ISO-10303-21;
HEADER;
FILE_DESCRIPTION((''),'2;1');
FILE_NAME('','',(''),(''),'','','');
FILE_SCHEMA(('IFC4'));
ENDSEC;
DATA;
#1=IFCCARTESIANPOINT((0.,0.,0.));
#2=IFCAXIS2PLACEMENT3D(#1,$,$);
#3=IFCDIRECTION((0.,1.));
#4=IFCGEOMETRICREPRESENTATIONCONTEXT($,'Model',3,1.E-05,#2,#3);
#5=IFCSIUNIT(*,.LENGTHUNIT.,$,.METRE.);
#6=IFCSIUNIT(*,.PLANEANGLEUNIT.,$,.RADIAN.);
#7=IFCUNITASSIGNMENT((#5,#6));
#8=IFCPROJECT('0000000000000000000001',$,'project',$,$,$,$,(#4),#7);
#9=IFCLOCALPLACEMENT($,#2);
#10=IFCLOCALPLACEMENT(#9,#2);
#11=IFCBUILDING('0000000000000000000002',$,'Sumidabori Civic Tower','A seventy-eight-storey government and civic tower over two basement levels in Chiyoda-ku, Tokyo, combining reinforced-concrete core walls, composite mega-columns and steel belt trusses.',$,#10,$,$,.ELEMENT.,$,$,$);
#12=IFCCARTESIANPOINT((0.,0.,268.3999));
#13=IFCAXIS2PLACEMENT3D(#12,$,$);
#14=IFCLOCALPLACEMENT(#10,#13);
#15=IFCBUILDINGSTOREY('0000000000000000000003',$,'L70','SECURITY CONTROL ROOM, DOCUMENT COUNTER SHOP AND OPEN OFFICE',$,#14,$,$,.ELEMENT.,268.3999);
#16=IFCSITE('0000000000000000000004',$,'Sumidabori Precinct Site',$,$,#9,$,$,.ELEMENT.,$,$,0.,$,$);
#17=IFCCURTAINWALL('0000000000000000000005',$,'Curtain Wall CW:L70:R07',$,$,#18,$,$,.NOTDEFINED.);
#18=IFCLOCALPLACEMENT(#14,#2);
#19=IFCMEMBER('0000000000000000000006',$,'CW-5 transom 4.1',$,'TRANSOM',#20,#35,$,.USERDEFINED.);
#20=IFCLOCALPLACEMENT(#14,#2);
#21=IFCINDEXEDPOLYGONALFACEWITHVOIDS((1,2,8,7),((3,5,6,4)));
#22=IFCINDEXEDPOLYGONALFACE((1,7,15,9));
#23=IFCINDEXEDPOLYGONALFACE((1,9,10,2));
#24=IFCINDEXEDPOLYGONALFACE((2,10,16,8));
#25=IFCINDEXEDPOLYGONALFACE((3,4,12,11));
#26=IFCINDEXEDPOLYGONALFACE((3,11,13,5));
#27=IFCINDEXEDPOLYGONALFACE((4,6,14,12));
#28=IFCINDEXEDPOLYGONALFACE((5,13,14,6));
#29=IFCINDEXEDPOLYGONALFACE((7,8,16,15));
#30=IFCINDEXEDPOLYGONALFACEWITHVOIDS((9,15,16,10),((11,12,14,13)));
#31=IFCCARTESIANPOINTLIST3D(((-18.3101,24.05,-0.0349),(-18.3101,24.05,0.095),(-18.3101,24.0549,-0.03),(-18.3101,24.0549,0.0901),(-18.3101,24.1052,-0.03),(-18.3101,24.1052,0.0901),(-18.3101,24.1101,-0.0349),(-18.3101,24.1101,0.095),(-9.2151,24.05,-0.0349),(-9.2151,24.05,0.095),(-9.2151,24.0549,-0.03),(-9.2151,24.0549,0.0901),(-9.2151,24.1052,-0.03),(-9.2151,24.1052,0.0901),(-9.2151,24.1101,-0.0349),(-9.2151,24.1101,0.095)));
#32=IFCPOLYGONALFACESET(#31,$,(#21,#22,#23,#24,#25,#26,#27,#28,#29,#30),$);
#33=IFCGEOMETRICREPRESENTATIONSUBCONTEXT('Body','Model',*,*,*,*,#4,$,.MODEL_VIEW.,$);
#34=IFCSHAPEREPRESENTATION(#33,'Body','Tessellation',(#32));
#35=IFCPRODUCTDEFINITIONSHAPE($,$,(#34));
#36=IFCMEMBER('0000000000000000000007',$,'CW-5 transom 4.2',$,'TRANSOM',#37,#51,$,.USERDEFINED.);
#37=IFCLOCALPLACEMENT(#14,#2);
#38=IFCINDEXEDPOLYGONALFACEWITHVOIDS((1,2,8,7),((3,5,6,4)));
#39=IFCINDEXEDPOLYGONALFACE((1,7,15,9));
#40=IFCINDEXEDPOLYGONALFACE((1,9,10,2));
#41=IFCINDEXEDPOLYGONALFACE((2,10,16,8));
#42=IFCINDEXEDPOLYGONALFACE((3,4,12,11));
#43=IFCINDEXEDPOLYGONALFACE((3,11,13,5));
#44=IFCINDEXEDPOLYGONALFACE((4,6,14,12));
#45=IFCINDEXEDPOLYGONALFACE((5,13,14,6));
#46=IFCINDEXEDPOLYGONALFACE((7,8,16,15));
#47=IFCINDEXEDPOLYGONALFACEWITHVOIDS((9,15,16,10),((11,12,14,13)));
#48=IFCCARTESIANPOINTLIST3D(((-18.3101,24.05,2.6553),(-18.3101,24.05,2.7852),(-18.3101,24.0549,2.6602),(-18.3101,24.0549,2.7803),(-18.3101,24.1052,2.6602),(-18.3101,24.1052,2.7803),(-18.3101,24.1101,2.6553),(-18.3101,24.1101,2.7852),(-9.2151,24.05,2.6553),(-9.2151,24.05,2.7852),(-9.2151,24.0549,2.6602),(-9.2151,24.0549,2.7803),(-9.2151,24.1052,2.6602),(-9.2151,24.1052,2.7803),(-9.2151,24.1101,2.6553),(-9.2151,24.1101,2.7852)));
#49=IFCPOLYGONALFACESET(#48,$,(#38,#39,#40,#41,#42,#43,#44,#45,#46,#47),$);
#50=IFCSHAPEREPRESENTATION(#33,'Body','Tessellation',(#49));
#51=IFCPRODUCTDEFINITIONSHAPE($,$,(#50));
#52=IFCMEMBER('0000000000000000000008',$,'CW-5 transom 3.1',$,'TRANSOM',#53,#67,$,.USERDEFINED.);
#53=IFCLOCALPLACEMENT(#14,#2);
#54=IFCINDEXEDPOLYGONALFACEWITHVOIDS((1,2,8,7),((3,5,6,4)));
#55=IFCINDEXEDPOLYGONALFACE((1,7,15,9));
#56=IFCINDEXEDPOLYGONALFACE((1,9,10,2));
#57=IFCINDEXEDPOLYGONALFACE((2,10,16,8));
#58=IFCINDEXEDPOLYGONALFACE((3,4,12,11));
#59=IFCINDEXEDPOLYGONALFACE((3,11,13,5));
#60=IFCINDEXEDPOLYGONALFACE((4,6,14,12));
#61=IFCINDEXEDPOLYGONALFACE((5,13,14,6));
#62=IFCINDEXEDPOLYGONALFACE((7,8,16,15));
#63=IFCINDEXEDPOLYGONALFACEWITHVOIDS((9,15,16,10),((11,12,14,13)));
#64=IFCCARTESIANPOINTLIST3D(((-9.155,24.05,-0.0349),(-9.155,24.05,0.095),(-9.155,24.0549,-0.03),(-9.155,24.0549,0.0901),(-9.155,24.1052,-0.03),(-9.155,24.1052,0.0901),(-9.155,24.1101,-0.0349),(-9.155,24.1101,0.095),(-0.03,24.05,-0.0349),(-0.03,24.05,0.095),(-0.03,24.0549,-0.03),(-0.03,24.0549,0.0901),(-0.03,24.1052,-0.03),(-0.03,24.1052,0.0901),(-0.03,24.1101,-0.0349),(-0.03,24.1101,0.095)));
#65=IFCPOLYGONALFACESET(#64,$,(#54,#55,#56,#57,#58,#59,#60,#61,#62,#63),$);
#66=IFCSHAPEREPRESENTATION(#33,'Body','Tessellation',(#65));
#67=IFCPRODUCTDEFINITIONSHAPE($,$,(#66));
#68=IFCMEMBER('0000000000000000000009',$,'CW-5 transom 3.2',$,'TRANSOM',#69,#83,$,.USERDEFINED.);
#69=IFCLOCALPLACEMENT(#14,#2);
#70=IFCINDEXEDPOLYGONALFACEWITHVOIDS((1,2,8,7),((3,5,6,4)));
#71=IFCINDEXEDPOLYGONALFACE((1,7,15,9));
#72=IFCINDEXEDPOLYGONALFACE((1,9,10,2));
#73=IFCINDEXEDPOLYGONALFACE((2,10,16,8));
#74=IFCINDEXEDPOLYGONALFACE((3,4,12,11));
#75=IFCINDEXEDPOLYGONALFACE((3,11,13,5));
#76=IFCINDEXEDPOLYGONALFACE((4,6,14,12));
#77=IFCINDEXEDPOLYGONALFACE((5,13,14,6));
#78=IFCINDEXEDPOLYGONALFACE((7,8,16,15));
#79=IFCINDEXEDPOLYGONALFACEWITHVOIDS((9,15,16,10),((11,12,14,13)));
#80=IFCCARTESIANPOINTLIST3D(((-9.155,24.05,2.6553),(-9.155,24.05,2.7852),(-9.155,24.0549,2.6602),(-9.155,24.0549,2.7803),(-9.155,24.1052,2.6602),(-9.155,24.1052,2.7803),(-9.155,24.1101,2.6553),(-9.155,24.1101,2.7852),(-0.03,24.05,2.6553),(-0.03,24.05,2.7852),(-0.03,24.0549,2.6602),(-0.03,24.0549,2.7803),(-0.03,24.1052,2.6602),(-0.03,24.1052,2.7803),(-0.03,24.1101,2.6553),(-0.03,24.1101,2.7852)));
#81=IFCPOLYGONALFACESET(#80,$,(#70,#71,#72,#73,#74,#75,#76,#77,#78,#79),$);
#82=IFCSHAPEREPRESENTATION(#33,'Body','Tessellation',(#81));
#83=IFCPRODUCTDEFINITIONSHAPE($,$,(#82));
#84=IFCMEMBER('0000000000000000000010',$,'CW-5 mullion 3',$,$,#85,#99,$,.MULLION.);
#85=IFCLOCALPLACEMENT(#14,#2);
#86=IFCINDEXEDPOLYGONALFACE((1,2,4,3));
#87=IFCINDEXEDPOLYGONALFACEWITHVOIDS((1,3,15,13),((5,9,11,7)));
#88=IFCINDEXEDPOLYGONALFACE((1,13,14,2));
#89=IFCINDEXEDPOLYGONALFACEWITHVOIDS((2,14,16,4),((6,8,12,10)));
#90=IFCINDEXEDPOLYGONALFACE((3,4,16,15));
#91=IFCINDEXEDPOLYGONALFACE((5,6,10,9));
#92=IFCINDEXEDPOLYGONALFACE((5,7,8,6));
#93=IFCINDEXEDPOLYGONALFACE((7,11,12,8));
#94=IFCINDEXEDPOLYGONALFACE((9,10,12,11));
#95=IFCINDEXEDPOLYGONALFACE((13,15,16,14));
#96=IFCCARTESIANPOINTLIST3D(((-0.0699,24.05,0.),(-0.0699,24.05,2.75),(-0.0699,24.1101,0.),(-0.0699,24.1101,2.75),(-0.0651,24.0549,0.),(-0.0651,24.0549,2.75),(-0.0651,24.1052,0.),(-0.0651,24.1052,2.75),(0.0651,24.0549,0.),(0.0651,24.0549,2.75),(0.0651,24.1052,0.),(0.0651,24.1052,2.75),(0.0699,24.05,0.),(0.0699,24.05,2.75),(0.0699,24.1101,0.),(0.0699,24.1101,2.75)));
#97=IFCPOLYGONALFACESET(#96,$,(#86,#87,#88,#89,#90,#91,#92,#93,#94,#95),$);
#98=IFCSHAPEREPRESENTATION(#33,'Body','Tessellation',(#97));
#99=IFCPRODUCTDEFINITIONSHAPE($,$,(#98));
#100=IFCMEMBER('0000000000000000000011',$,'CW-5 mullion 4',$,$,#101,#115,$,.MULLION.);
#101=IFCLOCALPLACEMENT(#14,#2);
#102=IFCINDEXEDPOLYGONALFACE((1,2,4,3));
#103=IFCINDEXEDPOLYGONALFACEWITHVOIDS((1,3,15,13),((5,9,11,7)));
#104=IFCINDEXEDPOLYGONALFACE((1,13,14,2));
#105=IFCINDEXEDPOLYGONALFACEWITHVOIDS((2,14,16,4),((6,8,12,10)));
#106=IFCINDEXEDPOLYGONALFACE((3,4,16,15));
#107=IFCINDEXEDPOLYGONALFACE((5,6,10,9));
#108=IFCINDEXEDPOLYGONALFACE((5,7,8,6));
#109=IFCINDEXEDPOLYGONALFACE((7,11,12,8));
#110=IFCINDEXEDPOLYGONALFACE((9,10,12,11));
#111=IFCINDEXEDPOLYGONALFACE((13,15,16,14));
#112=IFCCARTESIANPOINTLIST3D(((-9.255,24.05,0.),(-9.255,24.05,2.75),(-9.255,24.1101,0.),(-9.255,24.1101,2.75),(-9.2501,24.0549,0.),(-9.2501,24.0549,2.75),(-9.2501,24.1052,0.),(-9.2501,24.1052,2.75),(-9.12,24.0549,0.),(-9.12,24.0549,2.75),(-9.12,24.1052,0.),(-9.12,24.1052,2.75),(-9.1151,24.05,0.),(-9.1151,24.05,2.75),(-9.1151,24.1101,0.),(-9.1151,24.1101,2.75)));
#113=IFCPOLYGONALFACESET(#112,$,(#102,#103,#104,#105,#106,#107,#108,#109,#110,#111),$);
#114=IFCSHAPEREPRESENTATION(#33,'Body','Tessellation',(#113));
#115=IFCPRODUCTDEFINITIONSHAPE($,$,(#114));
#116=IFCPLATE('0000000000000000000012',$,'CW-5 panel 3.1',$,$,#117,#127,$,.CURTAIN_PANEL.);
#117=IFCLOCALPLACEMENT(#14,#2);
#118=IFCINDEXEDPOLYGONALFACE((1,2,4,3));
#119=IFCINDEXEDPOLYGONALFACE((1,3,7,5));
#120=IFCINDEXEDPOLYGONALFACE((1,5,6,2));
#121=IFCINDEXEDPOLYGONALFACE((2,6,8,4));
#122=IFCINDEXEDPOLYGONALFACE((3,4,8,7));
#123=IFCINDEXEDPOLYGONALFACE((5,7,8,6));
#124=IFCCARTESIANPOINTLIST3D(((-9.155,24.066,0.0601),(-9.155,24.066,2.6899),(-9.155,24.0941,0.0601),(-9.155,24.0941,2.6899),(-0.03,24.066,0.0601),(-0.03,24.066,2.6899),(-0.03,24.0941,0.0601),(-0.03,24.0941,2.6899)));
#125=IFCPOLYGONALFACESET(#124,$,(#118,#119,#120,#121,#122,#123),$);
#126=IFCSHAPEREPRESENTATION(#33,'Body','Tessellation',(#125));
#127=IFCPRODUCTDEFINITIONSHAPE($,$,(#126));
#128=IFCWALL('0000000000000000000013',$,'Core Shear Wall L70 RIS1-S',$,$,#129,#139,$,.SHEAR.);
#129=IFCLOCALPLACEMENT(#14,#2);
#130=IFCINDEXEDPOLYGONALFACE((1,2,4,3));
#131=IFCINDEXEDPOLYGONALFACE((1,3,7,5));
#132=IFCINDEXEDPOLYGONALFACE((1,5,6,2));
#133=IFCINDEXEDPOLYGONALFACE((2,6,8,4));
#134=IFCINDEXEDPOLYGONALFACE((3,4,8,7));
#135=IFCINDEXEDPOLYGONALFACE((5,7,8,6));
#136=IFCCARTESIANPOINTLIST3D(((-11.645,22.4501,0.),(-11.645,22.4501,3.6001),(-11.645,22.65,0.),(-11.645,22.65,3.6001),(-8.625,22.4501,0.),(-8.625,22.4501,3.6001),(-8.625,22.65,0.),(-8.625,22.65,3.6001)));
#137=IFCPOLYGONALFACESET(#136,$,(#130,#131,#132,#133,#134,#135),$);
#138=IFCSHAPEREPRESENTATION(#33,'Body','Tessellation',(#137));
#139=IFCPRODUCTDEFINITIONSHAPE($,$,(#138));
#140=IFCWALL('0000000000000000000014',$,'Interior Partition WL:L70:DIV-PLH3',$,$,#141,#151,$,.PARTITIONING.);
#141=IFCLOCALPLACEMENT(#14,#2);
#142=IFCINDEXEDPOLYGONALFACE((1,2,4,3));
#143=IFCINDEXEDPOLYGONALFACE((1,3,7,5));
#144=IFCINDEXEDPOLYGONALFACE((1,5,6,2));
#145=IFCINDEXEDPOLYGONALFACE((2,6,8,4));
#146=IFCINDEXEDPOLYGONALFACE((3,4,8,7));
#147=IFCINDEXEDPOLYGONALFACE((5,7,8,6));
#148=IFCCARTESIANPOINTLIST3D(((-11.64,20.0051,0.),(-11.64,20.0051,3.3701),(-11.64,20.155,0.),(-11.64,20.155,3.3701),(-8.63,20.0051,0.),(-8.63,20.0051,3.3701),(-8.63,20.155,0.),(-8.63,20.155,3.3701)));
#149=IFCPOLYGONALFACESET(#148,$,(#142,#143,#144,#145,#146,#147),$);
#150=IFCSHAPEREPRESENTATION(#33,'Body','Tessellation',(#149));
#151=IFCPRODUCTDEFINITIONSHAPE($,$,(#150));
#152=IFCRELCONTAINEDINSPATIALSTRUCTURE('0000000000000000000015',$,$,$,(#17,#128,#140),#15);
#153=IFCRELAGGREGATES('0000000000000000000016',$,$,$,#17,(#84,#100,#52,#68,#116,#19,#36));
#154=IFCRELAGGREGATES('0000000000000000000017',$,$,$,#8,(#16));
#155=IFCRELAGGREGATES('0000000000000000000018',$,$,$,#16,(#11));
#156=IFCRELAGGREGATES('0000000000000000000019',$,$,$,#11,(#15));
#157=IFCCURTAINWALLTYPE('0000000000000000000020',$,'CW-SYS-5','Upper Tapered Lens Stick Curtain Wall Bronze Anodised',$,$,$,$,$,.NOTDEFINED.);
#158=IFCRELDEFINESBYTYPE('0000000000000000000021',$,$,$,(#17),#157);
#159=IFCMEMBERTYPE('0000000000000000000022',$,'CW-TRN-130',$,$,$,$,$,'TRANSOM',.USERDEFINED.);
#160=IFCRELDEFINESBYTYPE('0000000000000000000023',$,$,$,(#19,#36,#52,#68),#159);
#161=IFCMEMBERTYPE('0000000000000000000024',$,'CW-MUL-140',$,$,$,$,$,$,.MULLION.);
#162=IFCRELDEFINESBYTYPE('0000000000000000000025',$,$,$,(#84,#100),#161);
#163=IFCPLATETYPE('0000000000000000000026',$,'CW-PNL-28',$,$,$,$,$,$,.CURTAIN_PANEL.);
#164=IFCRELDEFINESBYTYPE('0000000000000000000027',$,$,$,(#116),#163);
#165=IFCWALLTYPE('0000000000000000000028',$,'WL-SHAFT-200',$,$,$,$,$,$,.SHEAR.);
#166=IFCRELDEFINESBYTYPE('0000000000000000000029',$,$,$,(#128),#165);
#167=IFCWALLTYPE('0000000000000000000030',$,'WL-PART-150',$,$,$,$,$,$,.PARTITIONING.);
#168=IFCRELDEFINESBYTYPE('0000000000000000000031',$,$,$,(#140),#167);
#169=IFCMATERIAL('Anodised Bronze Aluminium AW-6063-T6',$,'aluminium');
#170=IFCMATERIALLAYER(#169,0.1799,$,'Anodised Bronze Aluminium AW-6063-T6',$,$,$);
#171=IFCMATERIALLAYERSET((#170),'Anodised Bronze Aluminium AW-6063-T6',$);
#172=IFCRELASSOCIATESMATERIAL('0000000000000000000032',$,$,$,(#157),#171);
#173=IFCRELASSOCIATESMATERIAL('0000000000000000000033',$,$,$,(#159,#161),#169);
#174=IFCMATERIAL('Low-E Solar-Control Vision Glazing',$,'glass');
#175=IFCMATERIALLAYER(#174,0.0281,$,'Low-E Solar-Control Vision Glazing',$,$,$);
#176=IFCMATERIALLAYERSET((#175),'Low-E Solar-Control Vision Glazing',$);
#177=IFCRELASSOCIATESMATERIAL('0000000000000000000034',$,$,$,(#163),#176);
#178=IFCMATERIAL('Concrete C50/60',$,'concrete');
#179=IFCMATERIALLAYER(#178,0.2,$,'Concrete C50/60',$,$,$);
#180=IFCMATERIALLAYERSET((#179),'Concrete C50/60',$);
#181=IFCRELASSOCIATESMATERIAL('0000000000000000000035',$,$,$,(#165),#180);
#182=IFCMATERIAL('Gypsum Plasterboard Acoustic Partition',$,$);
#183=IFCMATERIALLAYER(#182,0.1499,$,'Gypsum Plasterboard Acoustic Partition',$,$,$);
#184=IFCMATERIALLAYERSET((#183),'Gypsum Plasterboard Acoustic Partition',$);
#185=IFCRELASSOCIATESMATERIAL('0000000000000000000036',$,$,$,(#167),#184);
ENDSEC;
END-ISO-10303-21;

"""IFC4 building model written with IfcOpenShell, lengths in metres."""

from ifc_helpers import new_model, si_unit, direction, frame, frame_2d, origin, origin_2d, place, context, subcontext, project, spatial, rectangle, hollow_rectangle, extrude, source, transform, mapped, material, layer, layer_set, material_profile, profile_set, type_object, element, aggregate, save


model = new_model("IFC4")

# Units and contexts
model_context = context("Model", 3, precision=1e-05, world=origin(), true_north=direction((0.0, 1.0)))
body_context = subcontext(model_context, "Body", "Model", "MODEL_VIEW")
ifc_project = project(units=[si_unit("LENGTHUNIT", "METRE"), si_unit("PLANEANGLEUNIT", "RADIAN")], contexts=[model_context])

# Site, building, storey
site_placement = place(None, origin())
site = spatial("IfcSite", under=ifc_project, at=site_placement, Name="Sumidabori Precinct Site", CompositionType="ELEMENT", RefElevation=0.0)
building_placement = place(site_placement, origin())
building = spatial("IfcBuilding", under=site, at=building_placement, Name="Sumidabori Civic Tower", Description="A seventy-eight-storey government and civic tower over two basement levels in Chiyoda-ku, Tokyo, combining reinforced-concrete core walls, composite mega-columns and steel belt trusses.", CompositionType="ELEMENT")
storey_placement = place(building_placement, frame((0.0, 0.0, 268.3999)))
storey = spatial("IfcBuildingStorey", under=building, at=storey_placement, Name="L70", Description="SECURITY CONTROL ROOM, DOCUMENT COUNTER SHOP AND OPEN OFFICE", CompositionType="ELEMENT", Elevation=268.3999)

# Curtain wall, members, plate
ifc_material_1 = material(Name="Anodised Bronze Aluminium AW-6063-T6", Category="aluminium")
ifc_layer_1 = layer(ifc_material_1, 0.1799, Name="Anodised Bronze Aluminium AW-6063-T6")
ifc_layer_set_1 = layer_set([ifc_layer_1], Name="Anodised Bronze Aluminium AW-6063-T6")
curtain_wall_type = type_object("IfcCurtainWallType", Name="CW-SYS-5", Description="Upper Tapered Lens Stick Curtain Wall Bronze Anodised", PredefinedType="NOTDEFINED", material=ifc_layer_set_1)
curtain_wall_placement = place(storey_placement, origin())
curtain_wall = element("IfcCurtainWall", 1, at=curtain_wall_placement, inside=storey, type_object=curtain_wall_type, Name="Curtain Wall CW:L70:R07", PredefinedType="NOTDEFINED")
ifc_material_profile_1 = material_profile(ifc_material_1, hollow_rectangle(XDim=0.0601, YDim=0.1299, WallThickness=0.0049, at=origin_2d()), Name="ALU TRANSOM 130x60")
ifc_profile_set_1 = profile_set([ifc_material_profile_1], Name="Anodised Bronze Aluminium AW-6063-T6")
member_type_1 = type_object("IfcMemberType", Name="CW-TRN-130", ElementType="TRANSOM", PredefinedType="USERDEFINED", material=ifc_profile_set_1)
shared_shape_1 = source(origin(), body_context, "Body", "SweptSolid", [
    extrude(hollow_rectangle(XDim=0.0601, YDim=0.1299, WallThickness=0.0049, at=origin_2d()), origin(), (0.0, 0.0, 1.0), 9.095),
])
member_1_placement = place(storey_placement, frame((-9.2151, 24.0801, 0.03), z_axis=(-1.0, 0.0, 0.0), x_axis=(0.0, -1.0, 0.0)))
member_1 = element("IfcMember", 2, at=member_1_placement, type_object=member_type_1, Name="CW-5 transom 4.1", ObjectType="TRANSOM", PredefinedType="USERDEFINED", context=body_context, shape_type="MappedRepresentation", body=[
    mapped(shared_shape_1, transform((0.0, 0.0, 0.0), x_axis=(1.0, 0.0, 0.0), y_axis=(0.0, 1.0, 0.0), z_axis=(0.0, 0.0, 1.0), scale=1.0)),
])
member_2_placement = place(storey_placement, frame((-9.2151, 24.0801, 2.7202), z_axis=(-1.0, 0.0, 0.0), x_axis=(0.0, -1.0, 0.0)))
member_2 = element("IfcMember", 3, at=member_2_placement, type_object=member_type_1, Name="CW-5 transom 4.2", ObjectType="TRANSOM", PredefinedType="USERDEFINED", context=body_context, shape_type="MappedRepresentation", body=[
    mapped(shared_shape_1, transform((0.0, 0.0, 0.0), x_axis=(1.0, 0.0, 0.0), y_axis=(0.0, 1.0, 0.0), z_axis=(0.0, 0.0, 1.0), scale=1.0)),
])
shared_shape_2 = source(origin(), body_context, "Body", "SweptSolid", [
    extrude(hollow_rectangle(XDim=0.0601, YDim=0.1299, WallThickness=0.0049, at=origin_2d()), origin(), (0.0, 0.0, 1.0), 9.125),
])
member_3_placement = place(storey_placement, frame((-0.03, 24.0801, 0.03), z_axis=(-1.0, 0.0, 0.0), x_axis=(0.0, -1.0, 0.0)))
member_3 = element("IfcMember", 4, at=member_3_placement, type_object=member_type_1, Name="CW-5 transom 3.1", ObjectType="TRANSOM", PredefinedType="USERDEFINED", context=body_context, shape_type="MappedRepresentation", body=[
    mapped(shared_shape_2, transform((0.0, 0.0, 0.0), x_axis=(1.0, 0.0, 0.0), y_axis=(0.0, 1.0, 0.0), z_axis=(0.0, 0.0, 1.0), scale=1.0)),
])
member_4_placement = place(storey_placement, frame((-0.03, 24.0801, 2.7202), z_axis=(-1.0, 0.0, 0.0), x_axis=(0.0, -1.0, 0.0)))
member_4 = element("IfcMember", 5, at=member_4_placement, type_object=member_type_1, Name="CW-5 transom 3.2", ObjectType="TRANSOM", PredefinedType="USERDEFINED", context=body_context, shape_type="MappedRepresentation", body=[
    mapped(shared_shape_2, transform((0.0, 0.0, 0.0), x_axis=(1.0, 0.0, 0.0), y_axis=(0.0, 1.0, 0.0), z_axis=(0.0, 0.0, 1.0), scale=1.0)),
])
ifc_material_profile_2 = material_profile(ifc_material_1, hollow_rectangle(XDim=0.0601, YDim=0.1399, WallThickness=0.0049, at=origin_2d()), Name="ALU MULLION 140x60")
ifc_profile_set_2 = profile_set([ifc_material_profile_2], Name="Anodised Bronze Aluminium AW-6063-T6")
member_type_2 = type_object("IfcMemberType", Name="CW-MUL-140", PredefinedType="MULLION", material=ifc_profile_set_2)
shared_shape_3 = source(origin(), body_context, "Body", "SweptSolid", [
    extrude(hollow_rectangle(XDim=0.0601, YDim=0.1399, WallThickness=0.0049, at=origin_2d()), origin(), (0.0, 0.0, 1.0), 2.75),
])
member_5_placement = place(storey_placement, frame((0.0, 24.0801, 0.0), z_axis=(0.0, 0.0, 1.0), x_axis=(0.0, -1.0, 0.0)))
member_5 = element("IfcMember", 6, at=member_5_placement, type_object=member_type_2, Name="CW-5 mullion 3", PredefinedType="MULLION", context=body_context, shape_type="MappedRepresentation", body=[
    mapped(shared_shape_3, transform((0.0, 0.0, 0.0), x_axis=(1.0, 0.0, 0.0), y_axis=(0.0, 1.0, 0.0), z_axis=(0.0, 0.0, 1.0), scale=1.0)),
])
member_6_placement = place(storey_placement, frame((-9.1851, 24.0801, 0.0), z_axis=(0.0, 0.0, 1.0), x_axis=(0.0, -1.0, 0.0)))
member_6 = element("IfcMember", 7, at=member_6_placement, type_object=member_type_2, Name="CW-5 mullion 4", PredefinedType="MULLION", context=body_context, shape_type="MappedRepresentation", body=[
    mapped(shared_shape_3, transform((0.0, 0.0, 0.0), x_axis=(1.0, 0.0, 0.0), y_axis=(0.0, 1.0, 0.0), z_axis=(0.0, 0.0, 1.0), scale=1.0)),
])
ifc_material_2 = material(Name="Low-E Solar-Control Vision Glazing", Category="glass")
ifc_layer_2 = layer(ifc_material_2, 0.0281, Name="Low-E Solar-Control Vision Glazing")
ifc_layer_set_2 = layer_set([ifc_layer_2], Name="Low-E Solar-Control Vision Glazing")
plate_type = type_object("IfcPlateType", Name="CW-PNL-28", PredefinedType="CURTAIN_PANEL", material=ifc_layer_set_2)
shared_shape_4 = source(origin(), body_context, "Body", "SweptSolid", [
    extrude(rectangle(XDim=9.125, YDim=0.0281, at=origin_2d()), origin(), (0.0, 0.0, 1.0), 2.6299),
])
plate_placement = place(storey_placement, frame((-4.5925, 24.0801, 0.0601), z_axis=(0.0, 0.0, 1.0), x_axis=(-1.0, 0.0, 0.0)))
plate = element("IfcPlate", 8, at=plate_placement, type_object=plate_type, Name="CW-5 panel 3.1", PredefinedType="CURTAIN_PANEL", context=body_context, shape_type="MappedRepresentation", body=[
    mapped(shared_shape_4, transform((0.0, 0.0, 0.0), x_axis=(1.0, 0.0, 0.0), y_axis=(0.0, 1.0, 0.0), z_axis=(0.0, 0.0, 1.0), scale=1.0)),
])
aggregate(curtain_wall, [member_5, member_6, member_3, member_4, plate, member_1, member_2])

# Walls
ifc_material_3 = material(Name="Concrete C50/60", Category="concrete")
ifc_layer_3 = layer(ifc_material_3, 0.2, Name="Concrete C50/60")
ifc_layer_set_3 = layer_set([ifc_layer_3], Name="Concrete C50/60")
wall_type_1 = type_object("IfcWallType", Name="WL-SHAFT-200", PredefinedType="SHEAR", material=ifc_layer_set_3)
shared_shape_5 = source(origin(), body_context, "Body", "SweptSolid", [
    extrude(rectangle(XDim=3.02, YDim=0.2, at=frame_2d((1.51, 0.0))), origin(), (0.0, 0.0, 1.0), 3.6001),
])
wall_1_placement = place(storey_placement, frame((-11.645, 22.55, 0.0), z_axis=(0.0, 0.0, 1.0), x_axis=(1.0, 0.0, 0.0)))
element("IfcWall", 9, at=wall_1_placement, inside=storey, type_object=wall_type_1, Name="Core Shear Wall L70 RIS1-S", PredefinedType="SHEAR", context=body_context, shape_type="MappedRepresentation", body=[
    mapped(shared_shape_5, transform((0.0, 0.0, 0.0), x_axis=(1.0, 0.0, 0.0), y_axis=(0.0, 1.0, 0.0), z_axis=(0.0, 0.0, 1.0), scale=1.0)),
])
ifc_material_4 = material(Name="Gypsum Plasterboard Acoustic Partition")
ifc_layer_4 = layer(ifc_material_4, 0.1499, Name="Gypsum Plasterboard Acoustic Partition")
ifc_layer_set_4 = layer_set([ifc_layer_4], Name="Gypsum Plasterboard Acoustic Partition")
wall_type_2 = type_object("IfcWallType", Name="WL-PART-150", PredefinedType="PARTITIONING", material=ifc_layer_set_4)
shared_shape_6 = source(origin(), body_context, "Body", "SweptSolid", [
    extrude(rectangle(XDim=3.01, YDim=0.1499, at=frame_2d((1.5049, 0.0))), origin(), (0.0, 0.0, 1.0), 3.3701),
])
wall_2_placement = place(storey_placement, frame((-11.6399, 20.0801, 0.0), z_axis=(0.0, 0.0, 1.0), x_axis=(1.0, 0.0, 0.0)))
element("IfcWall", 10, at=wall_2_placement, inside=storey, type_object=wall_type_2, Name="Interior Partition WL:L70:DIV-PLH3", PredefinedType="PARTITIONING", context=body_context, shape_type="MappedRepresentation", body=[
    mapped(shared_shape_6, transform((0.0, 0.0, 0.0), x_axis=(1.0, 0.0, 0.0), y_axis=(0.0, 1.0, 0.0), z_axis=(0.0, 0.0, 1.0), scale=1.0)),
])

save(model, "model.ifc")
